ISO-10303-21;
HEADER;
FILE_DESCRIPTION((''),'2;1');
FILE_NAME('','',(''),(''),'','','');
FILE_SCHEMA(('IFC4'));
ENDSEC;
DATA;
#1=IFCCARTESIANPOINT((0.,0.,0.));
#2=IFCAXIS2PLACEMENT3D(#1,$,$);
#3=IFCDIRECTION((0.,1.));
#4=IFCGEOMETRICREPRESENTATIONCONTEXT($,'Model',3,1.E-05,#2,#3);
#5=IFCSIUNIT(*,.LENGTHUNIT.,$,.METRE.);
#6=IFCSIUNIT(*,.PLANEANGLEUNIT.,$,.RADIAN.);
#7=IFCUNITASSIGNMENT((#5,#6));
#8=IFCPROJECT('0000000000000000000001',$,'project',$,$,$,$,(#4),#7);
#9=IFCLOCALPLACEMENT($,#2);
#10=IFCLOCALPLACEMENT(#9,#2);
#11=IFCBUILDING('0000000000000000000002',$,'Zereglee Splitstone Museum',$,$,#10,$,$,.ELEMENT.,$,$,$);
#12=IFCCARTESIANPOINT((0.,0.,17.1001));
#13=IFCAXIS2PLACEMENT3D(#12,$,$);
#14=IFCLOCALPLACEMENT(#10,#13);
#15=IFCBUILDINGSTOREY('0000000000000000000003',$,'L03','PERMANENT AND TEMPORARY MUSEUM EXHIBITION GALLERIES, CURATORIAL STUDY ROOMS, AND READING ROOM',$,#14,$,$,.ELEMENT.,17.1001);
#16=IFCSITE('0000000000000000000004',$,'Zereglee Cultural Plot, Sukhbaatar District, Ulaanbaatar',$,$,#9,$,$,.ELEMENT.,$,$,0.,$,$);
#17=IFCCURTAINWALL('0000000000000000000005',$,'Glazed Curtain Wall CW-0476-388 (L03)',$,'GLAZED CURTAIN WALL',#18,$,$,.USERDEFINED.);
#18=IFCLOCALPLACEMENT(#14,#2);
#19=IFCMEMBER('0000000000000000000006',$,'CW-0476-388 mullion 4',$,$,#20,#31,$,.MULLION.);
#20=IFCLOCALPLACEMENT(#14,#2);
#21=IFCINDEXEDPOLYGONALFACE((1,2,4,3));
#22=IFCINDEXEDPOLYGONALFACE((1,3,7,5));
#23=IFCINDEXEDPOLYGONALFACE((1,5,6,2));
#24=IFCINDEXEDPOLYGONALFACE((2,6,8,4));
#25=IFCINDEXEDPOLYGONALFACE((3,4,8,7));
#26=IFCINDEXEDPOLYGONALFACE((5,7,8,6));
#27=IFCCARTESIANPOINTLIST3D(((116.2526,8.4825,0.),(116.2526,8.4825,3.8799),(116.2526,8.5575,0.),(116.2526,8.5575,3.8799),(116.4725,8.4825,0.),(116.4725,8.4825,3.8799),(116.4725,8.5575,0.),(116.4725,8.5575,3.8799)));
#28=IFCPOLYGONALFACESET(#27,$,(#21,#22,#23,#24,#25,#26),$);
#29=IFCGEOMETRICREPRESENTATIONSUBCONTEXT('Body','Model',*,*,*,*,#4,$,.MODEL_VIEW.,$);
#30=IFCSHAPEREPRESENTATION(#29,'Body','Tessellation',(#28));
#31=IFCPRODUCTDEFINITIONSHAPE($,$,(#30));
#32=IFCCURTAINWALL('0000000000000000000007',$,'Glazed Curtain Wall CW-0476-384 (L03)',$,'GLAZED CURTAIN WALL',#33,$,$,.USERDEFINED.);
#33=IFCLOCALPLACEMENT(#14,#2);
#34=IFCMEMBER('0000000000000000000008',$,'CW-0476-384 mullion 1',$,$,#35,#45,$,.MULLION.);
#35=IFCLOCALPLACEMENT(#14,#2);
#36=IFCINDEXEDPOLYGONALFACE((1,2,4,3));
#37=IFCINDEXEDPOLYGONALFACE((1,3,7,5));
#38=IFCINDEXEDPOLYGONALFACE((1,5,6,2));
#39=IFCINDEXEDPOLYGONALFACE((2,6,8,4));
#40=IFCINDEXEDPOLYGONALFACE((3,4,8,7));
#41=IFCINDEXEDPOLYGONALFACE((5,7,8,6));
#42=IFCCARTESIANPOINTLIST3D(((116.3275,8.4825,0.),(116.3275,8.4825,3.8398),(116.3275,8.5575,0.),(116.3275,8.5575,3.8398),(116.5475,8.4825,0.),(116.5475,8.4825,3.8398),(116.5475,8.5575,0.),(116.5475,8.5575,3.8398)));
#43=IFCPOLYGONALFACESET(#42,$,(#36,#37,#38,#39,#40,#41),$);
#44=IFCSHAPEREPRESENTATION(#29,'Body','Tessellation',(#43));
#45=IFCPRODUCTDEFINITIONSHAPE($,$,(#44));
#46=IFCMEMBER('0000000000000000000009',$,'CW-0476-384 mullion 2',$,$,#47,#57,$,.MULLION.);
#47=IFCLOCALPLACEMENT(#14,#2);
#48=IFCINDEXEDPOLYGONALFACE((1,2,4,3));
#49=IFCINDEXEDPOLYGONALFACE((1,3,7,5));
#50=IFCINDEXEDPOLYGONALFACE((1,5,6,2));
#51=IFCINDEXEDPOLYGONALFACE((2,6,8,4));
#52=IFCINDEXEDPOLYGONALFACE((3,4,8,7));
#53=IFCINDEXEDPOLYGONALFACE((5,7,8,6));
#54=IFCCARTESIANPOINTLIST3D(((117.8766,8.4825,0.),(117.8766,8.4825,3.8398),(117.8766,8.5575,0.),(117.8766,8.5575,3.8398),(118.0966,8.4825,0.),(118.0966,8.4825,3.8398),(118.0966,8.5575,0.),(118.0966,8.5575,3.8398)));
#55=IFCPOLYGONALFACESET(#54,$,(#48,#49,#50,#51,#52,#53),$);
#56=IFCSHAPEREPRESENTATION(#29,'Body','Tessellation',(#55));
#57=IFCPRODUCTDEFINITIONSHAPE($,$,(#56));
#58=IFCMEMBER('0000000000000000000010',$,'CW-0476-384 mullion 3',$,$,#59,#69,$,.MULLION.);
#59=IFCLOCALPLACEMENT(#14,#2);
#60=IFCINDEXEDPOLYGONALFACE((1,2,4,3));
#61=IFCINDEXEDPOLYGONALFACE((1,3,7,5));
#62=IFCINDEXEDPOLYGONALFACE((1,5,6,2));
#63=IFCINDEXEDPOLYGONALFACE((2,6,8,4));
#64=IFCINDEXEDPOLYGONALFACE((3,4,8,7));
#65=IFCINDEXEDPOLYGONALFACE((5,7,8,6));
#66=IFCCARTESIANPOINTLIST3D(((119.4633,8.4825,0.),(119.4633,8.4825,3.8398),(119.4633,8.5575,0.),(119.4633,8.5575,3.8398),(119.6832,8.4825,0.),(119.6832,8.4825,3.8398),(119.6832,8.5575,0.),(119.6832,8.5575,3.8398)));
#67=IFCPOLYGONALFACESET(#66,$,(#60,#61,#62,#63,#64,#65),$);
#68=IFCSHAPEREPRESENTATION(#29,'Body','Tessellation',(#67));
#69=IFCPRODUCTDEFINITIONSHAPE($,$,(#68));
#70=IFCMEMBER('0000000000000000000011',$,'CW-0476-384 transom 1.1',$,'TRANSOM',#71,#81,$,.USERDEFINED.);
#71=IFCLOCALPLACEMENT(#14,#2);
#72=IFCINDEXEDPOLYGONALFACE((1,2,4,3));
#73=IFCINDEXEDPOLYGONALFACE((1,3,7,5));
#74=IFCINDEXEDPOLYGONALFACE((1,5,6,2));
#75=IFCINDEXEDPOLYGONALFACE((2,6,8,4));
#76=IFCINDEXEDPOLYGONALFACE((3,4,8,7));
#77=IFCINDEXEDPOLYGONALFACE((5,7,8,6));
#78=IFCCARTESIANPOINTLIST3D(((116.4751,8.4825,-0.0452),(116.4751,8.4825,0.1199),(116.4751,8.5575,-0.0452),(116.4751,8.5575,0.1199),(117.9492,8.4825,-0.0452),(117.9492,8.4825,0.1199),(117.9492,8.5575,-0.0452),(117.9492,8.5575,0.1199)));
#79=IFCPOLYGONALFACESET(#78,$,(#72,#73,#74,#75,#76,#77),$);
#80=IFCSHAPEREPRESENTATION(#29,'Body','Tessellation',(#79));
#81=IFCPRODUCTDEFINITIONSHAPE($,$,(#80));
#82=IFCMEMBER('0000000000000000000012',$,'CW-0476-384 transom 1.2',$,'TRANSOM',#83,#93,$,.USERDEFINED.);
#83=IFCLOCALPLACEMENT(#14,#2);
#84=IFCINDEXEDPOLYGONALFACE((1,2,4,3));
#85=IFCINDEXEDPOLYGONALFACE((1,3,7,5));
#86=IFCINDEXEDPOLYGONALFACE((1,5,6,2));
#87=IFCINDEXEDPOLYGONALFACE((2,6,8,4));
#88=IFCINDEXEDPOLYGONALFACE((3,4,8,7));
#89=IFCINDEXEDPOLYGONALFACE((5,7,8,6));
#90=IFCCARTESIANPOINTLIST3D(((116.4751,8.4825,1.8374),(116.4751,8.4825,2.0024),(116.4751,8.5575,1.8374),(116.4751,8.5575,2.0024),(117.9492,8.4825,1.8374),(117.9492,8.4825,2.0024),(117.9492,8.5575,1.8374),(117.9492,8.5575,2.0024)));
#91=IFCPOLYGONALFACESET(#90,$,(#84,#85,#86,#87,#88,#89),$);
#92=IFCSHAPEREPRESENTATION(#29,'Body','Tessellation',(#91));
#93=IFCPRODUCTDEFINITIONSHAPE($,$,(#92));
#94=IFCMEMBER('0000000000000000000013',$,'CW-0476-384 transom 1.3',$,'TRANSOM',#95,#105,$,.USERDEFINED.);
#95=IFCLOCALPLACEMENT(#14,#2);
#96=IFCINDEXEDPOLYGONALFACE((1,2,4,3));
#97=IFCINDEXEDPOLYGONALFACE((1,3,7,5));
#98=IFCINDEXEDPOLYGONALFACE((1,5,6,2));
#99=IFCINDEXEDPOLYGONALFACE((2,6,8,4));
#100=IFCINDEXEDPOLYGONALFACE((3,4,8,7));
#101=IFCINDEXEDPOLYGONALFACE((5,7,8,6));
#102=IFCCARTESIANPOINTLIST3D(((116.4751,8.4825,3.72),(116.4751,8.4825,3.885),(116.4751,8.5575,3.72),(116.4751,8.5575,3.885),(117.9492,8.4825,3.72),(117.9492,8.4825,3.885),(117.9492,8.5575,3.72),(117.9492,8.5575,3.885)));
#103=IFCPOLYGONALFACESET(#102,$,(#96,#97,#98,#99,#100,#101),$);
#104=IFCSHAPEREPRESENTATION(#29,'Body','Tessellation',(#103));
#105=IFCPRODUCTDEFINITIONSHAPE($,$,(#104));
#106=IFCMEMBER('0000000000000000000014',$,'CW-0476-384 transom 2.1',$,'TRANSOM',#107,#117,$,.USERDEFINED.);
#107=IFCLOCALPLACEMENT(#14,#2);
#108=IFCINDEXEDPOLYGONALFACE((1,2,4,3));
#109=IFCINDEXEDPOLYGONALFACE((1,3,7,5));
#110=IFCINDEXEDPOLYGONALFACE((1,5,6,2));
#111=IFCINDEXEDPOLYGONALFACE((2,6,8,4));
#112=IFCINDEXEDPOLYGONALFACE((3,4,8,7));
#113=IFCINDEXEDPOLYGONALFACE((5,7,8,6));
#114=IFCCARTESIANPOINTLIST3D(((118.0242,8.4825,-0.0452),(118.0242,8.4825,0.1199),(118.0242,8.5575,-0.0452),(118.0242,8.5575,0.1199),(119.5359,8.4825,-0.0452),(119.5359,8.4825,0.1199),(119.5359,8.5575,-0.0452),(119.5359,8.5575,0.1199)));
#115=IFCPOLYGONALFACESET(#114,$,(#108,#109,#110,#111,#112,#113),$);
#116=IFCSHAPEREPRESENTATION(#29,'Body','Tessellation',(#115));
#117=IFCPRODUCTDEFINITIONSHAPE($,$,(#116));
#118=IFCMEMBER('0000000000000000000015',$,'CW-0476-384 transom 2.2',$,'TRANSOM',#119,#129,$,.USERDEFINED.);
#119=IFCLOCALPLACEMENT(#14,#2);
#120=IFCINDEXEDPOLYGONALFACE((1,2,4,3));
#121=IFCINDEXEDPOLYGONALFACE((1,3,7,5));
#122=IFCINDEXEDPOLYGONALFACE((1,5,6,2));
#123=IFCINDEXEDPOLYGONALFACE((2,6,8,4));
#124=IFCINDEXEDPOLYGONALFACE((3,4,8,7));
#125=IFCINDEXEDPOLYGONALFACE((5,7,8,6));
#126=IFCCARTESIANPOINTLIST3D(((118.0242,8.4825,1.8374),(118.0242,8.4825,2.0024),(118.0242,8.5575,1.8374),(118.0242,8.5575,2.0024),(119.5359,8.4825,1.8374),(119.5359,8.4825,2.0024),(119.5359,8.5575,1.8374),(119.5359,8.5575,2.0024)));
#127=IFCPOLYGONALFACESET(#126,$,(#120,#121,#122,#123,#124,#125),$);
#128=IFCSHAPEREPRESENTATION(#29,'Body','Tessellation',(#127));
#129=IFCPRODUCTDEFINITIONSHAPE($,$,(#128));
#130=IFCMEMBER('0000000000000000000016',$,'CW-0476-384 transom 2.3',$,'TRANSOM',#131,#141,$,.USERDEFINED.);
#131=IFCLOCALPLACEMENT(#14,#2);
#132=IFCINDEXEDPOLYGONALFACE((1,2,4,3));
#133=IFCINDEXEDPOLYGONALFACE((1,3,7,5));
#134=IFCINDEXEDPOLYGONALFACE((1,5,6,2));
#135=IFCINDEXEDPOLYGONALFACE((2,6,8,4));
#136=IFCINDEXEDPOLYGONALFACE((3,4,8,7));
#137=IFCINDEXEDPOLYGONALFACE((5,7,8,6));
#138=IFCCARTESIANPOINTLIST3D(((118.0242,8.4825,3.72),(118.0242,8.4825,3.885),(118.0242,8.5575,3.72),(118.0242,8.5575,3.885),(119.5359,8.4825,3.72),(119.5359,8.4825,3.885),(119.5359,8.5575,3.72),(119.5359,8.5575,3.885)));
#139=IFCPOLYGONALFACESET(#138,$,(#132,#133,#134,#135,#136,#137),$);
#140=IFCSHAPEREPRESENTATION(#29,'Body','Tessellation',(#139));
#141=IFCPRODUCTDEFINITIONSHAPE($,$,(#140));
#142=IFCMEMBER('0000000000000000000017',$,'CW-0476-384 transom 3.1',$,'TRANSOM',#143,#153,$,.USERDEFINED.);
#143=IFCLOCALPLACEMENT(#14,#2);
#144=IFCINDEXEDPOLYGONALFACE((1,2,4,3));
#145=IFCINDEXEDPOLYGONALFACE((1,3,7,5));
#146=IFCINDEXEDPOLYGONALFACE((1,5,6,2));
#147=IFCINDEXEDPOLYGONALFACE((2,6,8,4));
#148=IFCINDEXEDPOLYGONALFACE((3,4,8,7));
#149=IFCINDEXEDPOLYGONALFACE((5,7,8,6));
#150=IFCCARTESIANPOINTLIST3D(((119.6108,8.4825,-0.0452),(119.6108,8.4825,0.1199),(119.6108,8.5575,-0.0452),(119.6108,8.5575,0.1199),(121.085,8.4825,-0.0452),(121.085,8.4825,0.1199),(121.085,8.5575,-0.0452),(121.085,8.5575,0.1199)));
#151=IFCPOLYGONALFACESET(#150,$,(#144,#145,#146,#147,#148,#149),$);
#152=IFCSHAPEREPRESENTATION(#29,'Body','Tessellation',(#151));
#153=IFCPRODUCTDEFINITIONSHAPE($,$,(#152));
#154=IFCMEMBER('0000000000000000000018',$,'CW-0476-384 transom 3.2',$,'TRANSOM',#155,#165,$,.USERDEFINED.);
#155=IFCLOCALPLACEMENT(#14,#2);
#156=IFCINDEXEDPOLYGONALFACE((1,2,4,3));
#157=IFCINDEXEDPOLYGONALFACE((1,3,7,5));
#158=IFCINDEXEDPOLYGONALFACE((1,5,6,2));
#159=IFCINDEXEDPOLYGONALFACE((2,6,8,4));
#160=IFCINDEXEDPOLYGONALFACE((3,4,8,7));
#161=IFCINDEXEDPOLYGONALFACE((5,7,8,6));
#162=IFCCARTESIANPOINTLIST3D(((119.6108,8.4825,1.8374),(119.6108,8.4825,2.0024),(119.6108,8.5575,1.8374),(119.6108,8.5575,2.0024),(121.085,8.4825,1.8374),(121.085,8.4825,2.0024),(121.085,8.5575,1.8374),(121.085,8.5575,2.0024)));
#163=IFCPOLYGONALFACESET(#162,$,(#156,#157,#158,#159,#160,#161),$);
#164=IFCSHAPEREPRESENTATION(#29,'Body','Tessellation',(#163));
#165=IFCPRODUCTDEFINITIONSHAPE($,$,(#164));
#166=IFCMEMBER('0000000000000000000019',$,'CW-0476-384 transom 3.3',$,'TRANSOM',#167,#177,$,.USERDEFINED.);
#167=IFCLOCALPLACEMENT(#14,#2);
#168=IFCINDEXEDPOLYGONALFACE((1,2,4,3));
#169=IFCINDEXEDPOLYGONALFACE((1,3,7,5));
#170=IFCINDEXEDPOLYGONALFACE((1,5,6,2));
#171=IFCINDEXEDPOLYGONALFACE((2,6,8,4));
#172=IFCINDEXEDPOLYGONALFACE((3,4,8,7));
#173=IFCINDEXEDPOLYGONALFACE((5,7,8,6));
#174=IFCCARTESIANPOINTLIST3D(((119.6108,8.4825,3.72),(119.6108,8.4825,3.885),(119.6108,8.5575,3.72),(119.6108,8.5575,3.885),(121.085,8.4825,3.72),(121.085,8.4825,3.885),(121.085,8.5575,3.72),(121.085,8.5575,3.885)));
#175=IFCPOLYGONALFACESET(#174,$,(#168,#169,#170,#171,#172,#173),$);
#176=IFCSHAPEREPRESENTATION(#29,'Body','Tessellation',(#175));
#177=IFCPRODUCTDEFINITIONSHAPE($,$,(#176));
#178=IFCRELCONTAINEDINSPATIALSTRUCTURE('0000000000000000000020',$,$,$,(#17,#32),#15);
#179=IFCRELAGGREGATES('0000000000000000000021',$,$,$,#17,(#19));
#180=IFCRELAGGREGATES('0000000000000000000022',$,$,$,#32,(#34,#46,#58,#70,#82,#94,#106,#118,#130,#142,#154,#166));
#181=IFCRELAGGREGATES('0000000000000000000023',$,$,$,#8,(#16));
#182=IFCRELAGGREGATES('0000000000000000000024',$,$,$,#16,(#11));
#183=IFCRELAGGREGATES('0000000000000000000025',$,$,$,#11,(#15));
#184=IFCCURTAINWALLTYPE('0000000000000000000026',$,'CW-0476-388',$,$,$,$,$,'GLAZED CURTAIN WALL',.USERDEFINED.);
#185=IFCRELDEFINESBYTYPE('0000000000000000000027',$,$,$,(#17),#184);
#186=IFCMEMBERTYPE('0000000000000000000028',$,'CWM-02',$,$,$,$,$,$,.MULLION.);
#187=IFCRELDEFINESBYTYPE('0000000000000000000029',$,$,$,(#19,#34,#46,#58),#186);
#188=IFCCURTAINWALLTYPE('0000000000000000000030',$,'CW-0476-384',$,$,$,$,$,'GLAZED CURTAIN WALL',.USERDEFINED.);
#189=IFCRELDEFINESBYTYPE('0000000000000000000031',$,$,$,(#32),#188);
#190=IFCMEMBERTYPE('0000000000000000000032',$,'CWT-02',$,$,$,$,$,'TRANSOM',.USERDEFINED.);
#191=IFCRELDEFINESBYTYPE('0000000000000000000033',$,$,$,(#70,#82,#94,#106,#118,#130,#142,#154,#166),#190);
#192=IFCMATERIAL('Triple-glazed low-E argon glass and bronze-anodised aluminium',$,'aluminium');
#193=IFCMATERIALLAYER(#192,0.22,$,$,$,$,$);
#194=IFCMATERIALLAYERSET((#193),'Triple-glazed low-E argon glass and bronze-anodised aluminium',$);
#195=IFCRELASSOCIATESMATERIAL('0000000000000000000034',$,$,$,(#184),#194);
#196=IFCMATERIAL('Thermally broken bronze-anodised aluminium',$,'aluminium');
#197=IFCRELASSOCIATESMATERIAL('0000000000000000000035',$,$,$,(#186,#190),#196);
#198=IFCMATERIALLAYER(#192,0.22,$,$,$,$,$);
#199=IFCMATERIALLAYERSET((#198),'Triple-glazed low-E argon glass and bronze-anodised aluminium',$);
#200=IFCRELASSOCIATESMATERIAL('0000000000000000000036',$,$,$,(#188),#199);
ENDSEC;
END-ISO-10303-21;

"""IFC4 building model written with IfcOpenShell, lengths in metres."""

from ifc_helpers import new_model, si_unit, direction, frame, origin, origin_2d, place, context, subcontext, project, spatial, rectangle, extrude, material, layer, layer_set, material_profile, profile_set, type_object, element, aggregate, save


model = new_model("IFC4")

# Units and contexts
model_context = context("Model", 3, precision=1e-05, world=origin(), true_north=direction((0.0, 1.0)))
body_context = subcontext(model_context, "Body", "Model", "MODEL_VIEW")
ifc_project = project(units=[si_unit("LENGTHUNIT", "METRE"), si_unit("PLANEANGLEUNIT", "RADIAN")], contexts=[model_context])

# Site, building, storey
site_placement = place(None, origin())
site = spatial("IfcSite", under=ifc_project, at=site_placement, Name="Zereglee Cultural Plot, Sukhbaatar District, Ulaanbaatar", CompositionType="ELEMENT", RefElevation=0.0)
building_placement = place(site_placement, origin())
building = spatial("IfcBuilding", under=site, at=building_placement, Name="Zereglee Splitstone Museum", CompositionType="ELEMENT")
storey_placement = place(building_placement, frame((0.0, 0.0, 17.1001)))
storey = spatial("IfcBuildingStorey", under=building, at=storey_placement, Name="L03", Description="PERMANENT AND TEMPORARY MUSEUM EXHIBITION GALLERIES, CURATORIAL STUDY ROOMS, AND READING ROOM", CompositionType="ELEMENT", Elevation=17.1001)

# Curtain wall, member
ifc_material_1 = material(Name="Triple-glazed low-E argon glass and bronze-anodised aluminium", Category="aluminium")
ifc_layer_1 = layer(ifc_material_1, 0.22)
ifc_layer_set_1 = layer_set([ifc_layer_1], Name="Triple-glazed low-E argon glass and bronze-anodised aluminium")
curtain_wall_type_1 = type_object("IfcCurtainWallType", Name="CW-0476-388", ElementType="GLAZED CURTAIN WALL", PredefinedType="USERDEFINED", material=ifc_layer_set_1)
curtain_wall_1_placement = place(storey_placement, origin())
curtain_wall_1 = element("IfcCurtainWall", 1, at=curtain_wall_1_placement, inside=storey, type_object=curtain_wall_type_1, Name="Glazed Curtain Wall CW-0476-388 (L03)", ObjectType="GLAZED CURTAIN WALL", PredefinedType="USERDEFINED")
ifc_material_2 = material(Name="Thermally broken bronze-anodised aluminium", Category="aluminium")
ifc_material_profile_1 = material_profile(ifc_material_2, rectangle(XDim=0.075, YDim=0.22, at=origin_2d()), Name="CW MULL 75x220")
ifc_profile_set_1 = profile_set([ifc_material_profile_1], Name="Thermally broken bronze-anodised aluminium")
member_type_1 = type_object("IfcMemberType", Name="CWM-02", PredefinedType="MULLION", material=ifc_profile_set_1)
member_1_placement = place(storey_placement, frame((116.3625, 8.52, 0.0), z_axis=(0.0, 0.0, 1.0), x_axis=(0.0, 1.0, 0.0)))
member_1 = element("IfcMember", 2, at=member_1_placement, type_object=member_type_1, Name="CW-0476-388 mullion 4", PredefinedType="MULLION", context=body_context, shape_type="SweptSolid", body=[
    extrude(rectangle(XDim=0.075, YDim=0.22, at=origin_2d()), origin(), (0.0, 0.0, 1.0), 3.8799),
])

# Curtain wall, members
ifc_layer_2 = layer(ifc_material_1, 0.22)
ifc_layer_set_2 = layer_set([ifc_layer_2], Name="Triple-glazed low-E argon glass and bronze-anodised aluminium")
curtain_wall_type_2 = type_object("IfcCurtainWallType", Name="CW-0476-384", ElementType="GLAZED CURTAIN WALL", PredefinedType="USERDEFINED", material=ifc_layer_set_2)
curtain_wall_2_placement = place(storey_placement, origin())
curtain_wall_2 = element("IfcCurtainWall", 3, at=curtain_wall_2_placement, inside=storey, type_object=curtain_wall_type_2, Name="Glazed Curtain Wall CW-0476-384 (L03)", ObjectType="GLAZED CURTAIN WALL", PredefinedType="USERDEFINED")
member_2_placement = place(storey_placement, frame((116.4375, 8.52, 0.0), z_axis=(0.0, 0.0, 1.0), x_axis=(0.0, 1.0, 0.0)))
member_2 = element("IfcMember", 4, at=member_2_placement, type_object=member_type_1, Name="CW-0476-384 mullion 1", PredefinedType="MULLION", context=body_context, shape_type="SweptSolid", body=[
    extrude(rectangle(XDim=0.075, YDim=0.22, at=origin_2d()), origin(), (0.0, 0.0, 1.0), 3.8398),
])
member_3_placement = place(storey_placement, frame((117.9866, 8.52, 0.0), z_axis=(0.0, 0.0, 1.0), x_axis=(0.0, 1.0, 0.0)))
member_3 = element("IfcMember", 5, at=member_3_placement, type_object=member_type_1, Name="CW-0476-384 mullion 2", PredefinedType="MULLION", context=body_context, shape_type="SweptSolid", body=[
    extrude(rectangle(XDim=0.075, YDim=0.22, at=origin_2d()), origin(), (0.0, 0.0, 1.0), 3.8398),
])
member_4_placement = place(storey_placement, frame((119.5732, 8.52, 0.0), z_axis=(0.0, 0.0, 1.0), x_axis=(0.0, 1.0, 0.0)))
member_4 = element("IfcMember", 6, at=member_4_placement, type_object=member_type_1, Name="CW-0476-384 mullion 3", PredefinedType="MULLION", context=body_context, shape_type="SweptSolid", body=[
    extrude(rectangle(XDim=0.075, YDim=0.22, at=origin_2d()), origin(), (0.0, 0.0, 1.0), 3.8398),
])
ifc_material_profile_2 = material_profile(ifc_material_2, rectangle(XDim=0.075, YDim=0.165, at=origin_2d()), Name="CW TRAN 75x165")
ifc_profile_set_2 = profile_set([ifc_material_profile_2], Name="Thermally broken bronze-anodised aluminium")
member_type_2 = type_object("IfcMemberType", Name="CWT-02", ElementType="TRANSOM", PredefinedType="USERDEFINED", material=ifc_profile_set_2)
member_5_placement = place(storey_placement, frame((116.4751, 8.52, 0.0374), z_axis=(1.0, 0.0, 0.0), x_axis=(0.0, 1.0, 0.0)))
member_5 = element("IfcMember", 7, at=member_5_placement, type_object=member_type_2, Name="CW-0476-384 transom 1.1", ObjectType="TRANSOM", PredefinedType="USERDEFINED", context=body_context, shape_type="SweptSolid", body=[
    extrude(rectangle(XDim=0.075, YDim=0.165, at=origin_2d()), origin(), (0.0, 0.0, 1.0), 1.4741),
])
member_6_placement = place(storey_placement, frame((116.4751, 8.52, 1.9199), z_axis=(1.0, 0.0, 0.0), x_axis=(0.0, 1.0, 0.0)))
member_6 = element("IfcMember", 8, at=member_6_placement, type_object=member_type_2, Name="CW-0476-384 transom 1.2", ObjectType="TRANSOM", PredefinedType="USERDEFINED", context=body_context, shape_type="SweptSolid", body=[
    extrude(rectangle(XDim=0.075, YDim=0.165, at=origin_2d()), origin(), (0.0, 0.0, 1.0), 1.4741),
])
member_7_placement = place(storey_placement, frame((116.4751, 8.52, 3.8025), z_axis=(1.0, 0.0, 0.0), x_axis=(0.0, 1.0, 0.0)))
member_7 = element("IfcMember", 9, at=member_7_placement, type_object=member_type_2, Name="CW-0476-384 transom 1.3", ObjectType="TRANSOM", PredefinedType="USERDEFINED", context=body_context, shape_type="SweptSolid", body=[
    extrude(rectangle(XDim=0.075, YDim=0.165, at=origin_2d()), origin(), (0.0, 0.0, 1.0), 1.4741),
])
member_8_placement = place(storey_placement, frame((118.0242, 8.52, 0.0374), z_axis=(1.0, 0.0, 0.0), x_axis=(0.0, 1.0, 0.0)))
member_8 = element("IfcMember", 10, at=member_8_placement, type_object=member_type_2, Name="CW-0476-384 transom 2.1", ObjectType="TRANSOM", PredefinedType="USERDEFINED", context=body_context, shape_type="SweptSolid", body=[
    extrude(rectangle(XDim=0.075, YDim=0.165, at=origin_2d()), origin(), (0.0, 0.0, 1.0), 1.5117),
])
member_9_placement = place(storey_placement, frame((118.0242, 8.52, 1.9199), z_axis=(1.0, 0.0, 0.0), x_axis=(0.0, 1.0, 0.0)))
member_9 = element("IfcMember", 11, at=member_9_placement, type_object=member_type_2, Name="CW-0476-384 transom 2.2", ObjectType="TRANSOM", PredefinedType="USERDEFINED", context=body_context, shape_type="SweptSolid", body=[
    extrude(rectangle(XDim=0.075, YDim=0.165, at=origin_2d()), origin(), (0.0, 0.0, 1.0), 1.5117),
])
member_10_placement = place(storey_placement, frame((118.0242, 8.52, 3.8025), z_axis=(1.0, 0.0, 0.0), x_axis=(0.0, 1.0, 0.0)))
member_10 = element("IfcMember", 12, at=member_10_placement, type_object=member_type_2, Name="CW-0476-384 transom 2.3", ObjectType="TRANSOM", PredefinedType="USERDEFINED", context=body_context, shape_type="SweptSolid", body=[
    extrude(rectangle(XDim=0.075, YDim=0.165, at=origin_2d()), origin(), (0.0, 0.0, 1.0), 1.5117),
])
member_11_placement = place(storey_placement, frame((119.6108, 8.52, 0.0374), z_axis=(1.0, 0.0, 0.0), x_axis=(0.0, 1.0, 0.0)))
member_11 = element("IfcMember", 13, at=member_11_placement, type_object=member_type_2, Name="CW-0476-384 transom 3.1", ObjectType="TRANSOM", PredefinedType="USERDEFINED", context=body_context, shape_type="SweptSolid", body=[
    extrude(rectangle(XDim=0.075, YDim=0.165, at=origin_2d()), origin(), (0.0, 0.0, 1.0), 1.4741),
])
member_12_placement = place(storey_placement, frame((119.6108, 8.52, 1.9199), z_axis=(1.0, 0.0, 0.0), x_axis=(0.0, 1.0, 0.0)))
member_12 = element("IfcMember", 14, at=member_12_placement, type_object=member_type_2, Name="CW-0476-384 transom 3.2", ObjectType="TRANSOM", PredefinedType="USERDEFINED", context=body_context, shape_type="SweptSolid", body=[
    extrude(rectangle(XDim=0.075, YDim=0.165, at=origin_2d()), origin(), (0.0, 0.0, 1.0), 1.4741),
])
member_13_placement = place(storey_placement, frame((119.6108, 8.52, 3.8025), z_axis=(1.0, 0.0, 0.0), x_axis=(0.0, 1.0, 0.0)))
member_13 = element("IfcMember", 15, at=member_13_placement, type_object=member_type_2, Name="CW-0476-384 transom 3.3", ObjectType="TRANSOM", PredefinedType="USERDEFINED", context=body_context, shape_type="SweptSolid", body=[
    extrude(rectangle(XDim=0.075, YDim=0.165, at=origin_2d()), origin(), (0.0, 0.0, 1.0), 1.4741),
])

aggregate(curtain_wall_1, [member_1])
aggregate(curtain_wall_2, [member_2, member_3, member_4, member_5, member_6, member_7, member_8, member_9, member_10, member_11, member_12, member_13])

save(model, "model.ifc")
